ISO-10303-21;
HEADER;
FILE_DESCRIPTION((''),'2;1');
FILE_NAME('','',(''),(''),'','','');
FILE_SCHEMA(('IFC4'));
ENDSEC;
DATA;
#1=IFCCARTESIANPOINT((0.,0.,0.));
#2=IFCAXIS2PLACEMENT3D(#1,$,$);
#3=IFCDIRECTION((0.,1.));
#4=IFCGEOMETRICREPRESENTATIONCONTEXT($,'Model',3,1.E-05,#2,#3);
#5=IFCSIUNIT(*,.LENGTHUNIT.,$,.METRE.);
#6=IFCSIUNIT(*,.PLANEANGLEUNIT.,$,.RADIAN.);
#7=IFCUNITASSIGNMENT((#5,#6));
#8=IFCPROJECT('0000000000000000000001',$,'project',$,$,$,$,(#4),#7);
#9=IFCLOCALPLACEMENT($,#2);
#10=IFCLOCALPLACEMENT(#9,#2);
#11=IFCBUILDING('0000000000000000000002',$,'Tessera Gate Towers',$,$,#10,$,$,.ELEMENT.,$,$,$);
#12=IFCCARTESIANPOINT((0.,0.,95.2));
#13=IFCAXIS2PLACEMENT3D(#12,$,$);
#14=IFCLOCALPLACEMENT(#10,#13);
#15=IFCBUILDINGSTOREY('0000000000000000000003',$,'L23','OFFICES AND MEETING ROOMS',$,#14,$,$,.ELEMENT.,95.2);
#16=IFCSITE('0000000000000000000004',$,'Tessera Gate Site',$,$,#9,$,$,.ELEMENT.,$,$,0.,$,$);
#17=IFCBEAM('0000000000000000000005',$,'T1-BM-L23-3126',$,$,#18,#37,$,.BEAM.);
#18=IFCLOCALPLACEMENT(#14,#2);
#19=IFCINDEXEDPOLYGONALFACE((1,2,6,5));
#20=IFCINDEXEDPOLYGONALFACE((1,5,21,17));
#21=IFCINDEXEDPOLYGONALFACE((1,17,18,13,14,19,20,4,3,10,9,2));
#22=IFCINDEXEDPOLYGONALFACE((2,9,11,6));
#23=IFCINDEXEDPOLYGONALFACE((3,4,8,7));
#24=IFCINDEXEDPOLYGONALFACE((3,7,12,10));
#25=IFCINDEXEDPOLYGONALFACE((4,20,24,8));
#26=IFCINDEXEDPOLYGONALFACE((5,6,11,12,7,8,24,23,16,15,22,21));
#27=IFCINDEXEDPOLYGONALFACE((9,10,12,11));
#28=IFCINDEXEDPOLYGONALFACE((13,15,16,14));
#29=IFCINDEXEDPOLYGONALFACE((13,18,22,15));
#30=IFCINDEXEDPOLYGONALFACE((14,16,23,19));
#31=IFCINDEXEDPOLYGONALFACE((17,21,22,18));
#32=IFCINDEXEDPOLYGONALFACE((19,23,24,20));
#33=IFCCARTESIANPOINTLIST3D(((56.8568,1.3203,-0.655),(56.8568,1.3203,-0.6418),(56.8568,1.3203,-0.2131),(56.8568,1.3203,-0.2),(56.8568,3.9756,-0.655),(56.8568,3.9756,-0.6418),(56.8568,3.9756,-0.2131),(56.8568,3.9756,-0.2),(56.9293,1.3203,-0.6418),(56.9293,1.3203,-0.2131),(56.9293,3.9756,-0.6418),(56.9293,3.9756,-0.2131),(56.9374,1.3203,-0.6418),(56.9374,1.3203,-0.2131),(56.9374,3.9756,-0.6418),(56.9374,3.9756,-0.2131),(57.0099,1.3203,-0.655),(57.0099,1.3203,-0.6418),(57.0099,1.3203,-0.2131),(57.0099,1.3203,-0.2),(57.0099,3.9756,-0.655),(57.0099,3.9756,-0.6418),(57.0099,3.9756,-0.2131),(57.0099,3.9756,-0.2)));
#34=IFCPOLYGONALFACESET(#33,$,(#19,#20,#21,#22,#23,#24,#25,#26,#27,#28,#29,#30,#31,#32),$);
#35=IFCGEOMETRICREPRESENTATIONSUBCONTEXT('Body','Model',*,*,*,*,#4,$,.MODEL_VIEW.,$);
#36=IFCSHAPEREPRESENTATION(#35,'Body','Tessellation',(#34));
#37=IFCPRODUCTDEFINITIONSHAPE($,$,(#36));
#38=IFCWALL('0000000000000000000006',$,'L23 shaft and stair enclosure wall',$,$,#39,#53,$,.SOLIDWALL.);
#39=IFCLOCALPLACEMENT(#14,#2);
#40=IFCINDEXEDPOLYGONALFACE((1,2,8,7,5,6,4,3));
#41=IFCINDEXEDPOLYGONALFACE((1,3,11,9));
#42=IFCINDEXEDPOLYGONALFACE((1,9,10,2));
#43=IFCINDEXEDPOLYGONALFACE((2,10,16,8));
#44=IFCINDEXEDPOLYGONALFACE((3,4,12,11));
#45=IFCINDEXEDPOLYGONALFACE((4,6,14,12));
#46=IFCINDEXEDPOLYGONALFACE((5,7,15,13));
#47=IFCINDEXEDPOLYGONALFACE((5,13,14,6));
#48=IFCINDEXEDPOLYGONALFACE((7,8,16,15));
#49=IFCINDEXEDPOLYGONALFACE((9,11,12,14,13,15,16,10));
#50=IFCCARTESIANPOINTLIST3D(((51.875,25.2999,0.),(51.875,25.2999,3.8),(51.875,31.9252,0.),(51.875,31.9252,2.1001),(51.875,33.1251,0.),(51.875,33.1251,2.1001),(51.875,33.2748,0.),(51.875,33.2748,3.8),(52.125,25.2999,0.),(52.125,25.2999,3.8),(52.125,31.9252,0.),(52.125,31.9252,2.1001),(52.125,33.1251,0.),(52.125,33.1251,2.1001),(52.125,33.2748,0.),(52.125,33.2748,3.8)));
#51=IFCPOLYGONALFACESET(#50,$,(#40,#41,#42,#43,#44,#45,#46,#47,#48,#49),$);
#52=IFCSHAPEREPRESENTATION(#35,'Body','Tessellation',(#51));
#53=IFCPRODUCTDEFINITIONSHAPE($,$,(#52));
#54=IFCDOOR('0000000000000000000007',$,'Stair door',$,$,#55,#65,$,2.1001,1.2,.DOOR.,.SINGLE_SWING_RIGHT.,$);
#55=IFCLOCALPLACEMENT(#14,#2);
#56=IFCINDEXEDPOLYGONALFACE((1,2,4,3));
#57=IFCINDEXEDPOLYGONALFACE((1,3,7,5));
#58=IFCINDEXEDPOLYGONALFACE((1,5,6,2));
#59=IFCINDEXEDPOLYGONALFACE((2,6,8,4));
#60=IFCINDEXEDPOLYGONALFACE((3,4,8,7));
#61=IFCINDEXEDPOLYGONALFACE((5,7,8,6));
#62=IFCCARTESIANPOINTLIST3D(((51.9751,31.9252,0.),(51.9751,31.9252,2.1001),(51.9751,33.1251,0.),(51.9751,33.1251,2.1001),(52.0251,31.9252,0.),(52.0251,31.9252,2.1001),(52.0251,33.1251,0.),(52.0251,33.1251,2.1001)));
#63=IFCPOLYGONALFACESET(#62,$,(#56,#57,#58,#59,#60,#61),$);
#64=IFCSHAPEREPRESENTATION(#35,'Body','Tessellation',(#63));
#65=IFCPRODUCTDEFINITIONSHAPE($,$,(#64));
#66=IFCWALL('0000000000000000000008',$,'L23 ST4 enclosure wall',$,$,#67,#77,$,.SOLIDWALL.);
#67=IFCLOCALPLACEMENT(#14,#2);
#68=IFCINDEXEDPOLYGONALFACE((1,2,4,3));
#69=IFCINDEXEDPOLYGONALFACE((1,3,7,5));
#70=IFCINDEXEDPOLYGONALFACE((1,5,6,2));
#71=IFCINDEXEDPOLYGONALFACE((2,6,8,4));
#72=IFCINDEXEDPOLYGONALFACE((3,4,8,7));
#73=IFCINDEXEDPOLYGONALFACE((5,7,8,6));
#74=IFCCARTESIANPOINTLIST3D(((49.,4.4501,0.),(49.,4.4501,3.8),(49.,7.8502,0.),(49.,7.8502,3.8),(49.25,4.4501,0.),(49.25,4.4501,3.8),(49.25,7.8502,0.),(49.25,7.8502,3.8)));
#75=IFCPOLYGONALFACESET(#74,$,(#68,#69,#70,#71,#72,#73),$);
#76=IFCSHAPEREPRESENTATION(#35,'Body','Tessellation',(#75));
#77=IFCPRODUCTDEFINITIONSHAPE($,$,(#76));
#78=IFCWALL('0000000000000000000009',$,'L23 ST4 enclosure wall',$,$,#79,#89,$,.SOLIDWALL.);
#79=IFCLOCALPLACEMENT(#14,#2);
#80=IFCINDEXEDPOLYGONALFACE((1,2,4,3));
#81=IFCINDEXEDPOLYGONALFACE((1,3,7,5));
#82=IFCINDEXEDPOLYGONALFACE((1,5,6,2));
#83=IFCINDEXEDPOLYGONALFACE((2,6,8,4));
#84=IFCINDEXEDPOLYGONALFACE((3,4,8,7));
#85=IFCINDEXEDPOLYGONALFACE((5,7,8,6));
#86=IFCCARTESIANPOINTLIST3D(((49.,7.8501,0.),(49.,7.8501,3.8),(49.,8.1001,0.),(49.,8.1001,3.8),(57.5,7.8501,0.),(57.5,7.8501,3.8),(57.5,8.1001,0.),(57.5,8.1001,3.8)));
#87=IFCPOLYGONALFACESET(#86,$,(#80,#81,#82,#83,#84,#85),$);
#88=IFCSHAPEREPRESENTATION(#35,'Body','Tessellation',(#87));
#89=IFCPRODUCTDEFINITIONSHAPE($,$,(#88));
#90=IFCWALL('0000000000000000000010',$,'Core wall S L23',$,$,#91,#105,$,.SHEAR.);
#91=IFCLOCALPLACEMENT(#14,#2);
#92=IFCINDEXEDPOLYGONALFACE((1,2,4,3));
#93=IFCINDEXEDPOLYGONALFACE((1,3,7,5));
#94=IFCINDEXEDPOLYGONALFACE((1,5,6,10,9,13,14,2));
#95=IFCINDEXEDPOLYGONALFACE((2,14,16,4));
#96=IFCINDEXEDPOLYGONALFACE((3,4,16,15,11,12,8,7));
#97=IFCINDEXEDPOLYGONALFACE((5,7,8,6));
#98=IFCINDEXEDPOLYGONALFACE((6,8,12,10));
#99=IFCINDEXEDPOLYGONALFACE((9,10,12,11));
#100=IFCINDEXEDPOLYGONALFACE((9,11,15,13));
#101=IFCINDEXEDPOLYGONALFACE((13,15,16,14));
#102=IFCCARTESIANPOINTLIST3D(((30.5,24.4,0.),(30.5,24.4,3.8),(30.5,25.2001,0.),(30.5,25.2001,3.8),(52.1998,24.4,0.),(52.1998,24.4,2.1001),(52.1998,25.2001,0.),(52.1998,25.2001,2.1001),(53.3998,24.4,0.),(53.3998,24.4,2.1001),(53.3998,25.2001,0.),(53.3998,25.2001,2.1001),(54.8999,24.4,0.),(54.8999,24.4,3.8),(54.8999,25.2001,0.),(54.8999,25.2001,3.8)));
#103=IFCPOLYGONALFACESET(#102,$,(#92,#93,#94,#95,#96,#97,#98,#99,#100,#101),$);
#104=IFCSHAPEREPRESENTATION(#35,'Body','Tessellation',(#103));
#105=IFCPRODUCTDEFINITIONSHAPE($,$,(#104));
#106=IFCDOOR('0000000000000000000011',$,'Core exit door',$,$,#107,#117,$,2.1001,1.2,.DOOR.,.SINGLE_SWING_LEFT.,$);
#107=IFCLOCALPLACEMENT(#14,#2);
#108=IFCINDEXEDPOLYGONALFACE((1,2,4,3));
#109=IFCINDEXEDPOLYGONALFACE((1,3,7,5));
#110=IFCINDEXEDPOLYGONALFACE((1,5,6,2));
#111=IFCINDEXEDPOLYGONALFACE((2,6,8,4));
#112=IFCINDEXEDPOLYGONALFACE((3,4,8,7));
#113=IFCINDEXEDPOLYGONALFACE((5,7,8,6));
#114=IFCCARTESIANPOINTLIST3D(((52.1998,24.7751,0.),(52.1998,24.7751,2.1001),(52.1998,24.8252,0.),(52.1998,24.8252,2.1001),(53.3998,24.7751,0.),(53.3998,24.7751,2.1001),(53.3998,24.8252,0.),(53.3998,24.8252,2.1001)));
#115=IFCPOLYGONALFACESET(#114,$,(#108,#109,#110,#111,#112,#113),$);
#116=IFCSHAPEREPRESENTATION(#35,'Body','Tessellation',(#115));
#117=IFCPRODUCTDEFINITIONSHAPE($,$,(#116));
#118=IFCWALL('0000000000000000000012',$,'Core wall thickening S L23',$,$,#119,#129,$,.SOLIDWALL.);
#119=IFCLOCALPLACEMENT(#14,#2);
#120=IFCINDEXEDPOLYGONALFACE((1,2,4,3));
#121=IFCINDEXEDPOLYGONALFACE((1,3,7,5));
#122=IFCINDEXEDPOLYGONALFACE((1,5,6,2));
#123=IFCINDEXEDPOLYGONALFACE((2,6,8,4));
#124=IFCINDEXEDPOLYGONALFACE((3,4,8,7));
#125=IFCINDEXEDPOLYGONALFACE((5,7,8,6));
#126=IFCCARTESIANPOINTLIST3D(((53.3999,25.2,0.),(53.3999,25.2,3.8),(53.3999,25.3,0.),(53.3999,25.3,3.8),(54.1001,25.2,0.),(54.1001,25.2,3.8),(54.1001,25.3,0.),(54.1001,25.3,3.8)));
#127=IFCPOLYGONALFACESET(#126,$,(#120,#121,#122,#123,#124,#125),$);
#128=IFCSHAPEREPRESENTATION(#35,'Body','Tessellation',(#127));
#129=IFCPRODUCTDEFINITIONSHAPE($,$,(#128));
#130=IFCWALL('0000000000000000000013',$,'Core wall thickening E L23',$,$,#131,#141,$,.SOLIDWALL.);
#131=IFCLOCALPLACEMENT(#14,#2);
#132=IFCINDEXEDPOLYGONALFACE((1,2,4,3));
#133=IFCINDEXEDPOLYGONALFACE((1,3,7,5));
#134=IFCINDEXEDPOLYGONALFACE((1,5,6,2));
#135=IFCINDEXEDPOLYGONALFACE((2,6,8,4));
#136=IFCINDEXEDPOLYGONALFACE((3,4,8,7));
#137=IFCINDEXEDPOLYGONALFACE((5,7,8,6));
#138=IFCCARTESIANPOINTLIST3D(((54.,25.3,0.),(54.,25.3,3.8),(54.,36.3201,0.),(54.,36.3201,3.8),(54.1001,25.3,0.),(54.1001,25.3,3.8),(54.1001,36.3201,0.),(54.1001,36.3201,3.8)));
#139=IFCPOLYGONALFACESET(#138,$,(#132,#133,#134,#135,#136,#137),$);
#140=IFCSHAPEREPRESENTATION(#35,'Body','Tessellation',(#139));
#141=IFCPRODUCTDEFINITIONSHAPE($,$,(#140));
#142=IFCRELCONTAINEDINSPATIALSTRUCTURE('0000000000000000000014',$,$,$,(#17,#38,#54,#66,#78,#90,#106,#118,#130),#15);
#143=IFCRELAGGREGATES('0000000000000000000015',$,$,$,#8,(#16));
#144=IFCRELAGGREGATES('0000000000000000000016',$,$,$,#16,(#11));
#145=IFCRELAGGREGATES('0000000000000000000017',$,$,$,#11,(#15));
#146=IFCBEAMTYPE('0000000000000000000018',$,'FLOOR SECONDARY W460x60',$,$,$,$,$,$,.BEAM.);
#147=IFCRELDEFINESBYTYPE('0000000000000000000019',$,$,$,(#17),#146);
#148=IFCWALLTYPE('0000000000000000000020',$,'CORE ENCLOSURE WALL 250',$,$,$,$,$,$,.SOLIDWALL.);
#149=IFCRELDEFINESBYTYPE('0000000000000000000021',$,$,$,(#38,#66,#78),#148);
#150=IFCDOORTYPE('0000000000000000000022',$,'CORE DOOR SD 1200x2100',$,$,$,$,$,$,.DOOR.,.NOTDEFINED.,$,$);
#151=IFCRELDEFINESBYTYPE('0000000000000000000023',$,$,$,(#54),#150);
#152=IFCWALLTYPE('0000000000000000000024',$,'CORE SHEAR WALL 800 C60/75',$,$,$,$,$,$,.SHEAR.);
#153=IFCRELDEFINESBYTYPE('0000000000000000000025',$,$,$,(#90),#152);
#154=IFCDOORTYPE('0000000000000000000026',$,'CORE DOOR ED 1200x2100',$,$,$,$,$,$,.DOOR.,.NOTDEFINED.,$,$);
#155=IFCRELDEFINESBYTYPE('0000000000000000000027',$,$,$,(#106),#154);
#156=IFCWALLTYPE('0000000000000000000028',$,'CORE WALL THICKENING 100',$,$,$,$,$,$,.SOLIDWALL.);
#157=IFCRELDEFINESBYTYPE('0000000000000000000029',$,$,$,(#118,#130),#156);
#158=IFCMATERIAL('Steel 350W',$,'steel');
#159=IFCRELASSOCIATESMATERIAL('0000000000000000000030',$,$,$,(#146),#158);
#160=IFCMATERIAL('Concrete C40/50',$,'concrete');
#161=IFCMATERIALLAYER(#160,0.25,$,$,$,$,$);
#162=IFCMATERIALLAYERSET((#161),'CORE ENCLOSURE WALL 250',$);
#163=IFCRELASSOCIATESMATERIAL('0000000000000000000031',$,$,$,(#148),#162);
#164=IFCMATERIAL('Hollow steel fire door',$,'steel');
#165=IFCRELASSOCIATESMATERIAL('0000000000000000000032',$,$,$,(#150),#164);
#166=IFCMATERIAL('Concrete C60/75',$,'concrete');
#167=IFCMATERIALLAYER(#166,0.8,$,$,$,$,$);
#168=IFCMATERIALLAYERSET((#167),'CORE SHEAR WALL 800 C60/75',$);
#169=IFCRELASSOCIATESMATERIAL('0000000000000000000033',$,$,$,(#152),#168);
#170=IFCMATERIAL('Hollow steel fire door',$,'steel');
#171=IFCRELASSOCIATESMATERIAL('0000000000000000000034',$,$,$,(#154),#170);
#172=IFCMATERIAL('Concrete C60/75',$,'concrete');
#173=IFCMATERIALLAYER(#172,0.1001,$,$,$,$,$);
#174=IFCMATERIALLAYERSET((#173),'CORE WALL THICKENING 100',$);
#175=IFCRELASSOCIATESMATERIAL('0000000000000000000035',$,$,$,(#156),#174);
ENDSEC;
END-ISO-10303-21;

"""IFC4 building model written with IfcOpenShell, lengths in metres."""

from ifc_helpers import new_model, si_unit, direction, frame, frame_2d, origin, origin_2d, place, context, subcontext, project, spatial, rectangle, i_section, extrude, source, transform, mapped, material, layer, layer_set, material_profile, profile_set, type_object, element, fill, save


model = new_model("IFC4")

# Units and contexts
model_context = context("Model", 3, precision=1e-05, world=origin(), true_north=direction((0.0, 1.0)))
body_context = subcontext(model_context, "Body", "Model", "MODEL_VIEW")
ifc_project = project(units=[si_unit("LENGTHUNIT", "METRE"), si_unit("PLANEANGLEUNIT", "RADIAN")], contexts=[model_context])

# Site, building, storey
site_placement = place(None, origin())
site = spatial("IfcSite", under=ifc_project, at=site_placement, Name="Tessera Gate Site", CompositionType="ELEMENT", RefElevation=0.0)
building_placement = place(site_placement, origin())
building = spatial("IfcBuilding", under=site, at=building_placement, Name="Tessera Gate Towers", CompositionType="ELEMENT")
storey_placement = place(building_placement, frame((0.0, 0.0, 95.2)))
storey = spatial("IfcBuildingStorey", under=building, at=storey_placement, Name="L23", Description="OFFICES AND MEETING ROOMS", CompositionType="ELEMENT", Elevation=95.2)

# Beam
ifc_material_1 = material(Name="Steel 350W", Category="steel")
ifc_material_profile_1 = material_profile(ifc_material_1, i_section(OverallWidth=0.1531, OverallDepth=0.4551, WebThickness=0.0081, FlangeThickness=0.0132, at=origin_2d()), Name="W460x60")
ifc_profile_set_1 = profile_set([ifc_material_profile_1], Name="Steel 350W")
beam_type_1 = type_object("IfcBeamType", Name="FLOOR SECONDARY W460x60", PredefinedType="BEAM", material=ifc_profile_set_1)
beam_1_placement = place(storey_placement, frame((56.9333, 1.3203, -0.4275), z_axis=(0.0, 1.0, 0.0), x_axis=(-1.0, 0.0, 0.0)))
element("IfcBeam", 1, at=beam_1_placement, inside=storey, type_object=beam_type_1, Name="T1-BM-L23-3126", PredefinedType="BEAM", context=body_context, shape_type="SweptSolid", body=[
    extrude(i_section(OverallWidth=0.1531, OverallDepth=0.4551, WebThickness=0.0081, FlangeThickness=0.0132, at=origin_2d()), origin(), (0.0, 0.0, 1.0), 2.6553),
])

# Wall, opening, door
ifc_material_2 = material(Name="Concrete C40/50", Category="concrete")
ifc_layer_1 = layer(ifc_material_2, 0.25)
ifc_layer_set_1 = layer_set([ifc_layer_1], Name="CORE ENCLOSURE WALL 250")
wall_type_1 = type_object("IfcWallType", Name="CORE ENCLOSURE WALL 250", PredefinedType="SOLIDWALL", material=ifc_layer_set_1)
wall_1_placement = place(storey_placement, frame((52.0, 25.3, 0.0), z_axis=(0.0, 0.0, 1.0), x_axis=(0.0, 1.0, 0.0)))
wall_1 = element("IfcWall", 2, at=wall_1_placement, inside=storey, type_object=wall_type_1, Name="L23 shaft and stair enclosure wall", PredefinedType="SOLIDWALL", context=body_context, shape_type="SweptSolid", body=[
    extrude(rectangle(XDim=7.9749, YDim=0.25, at=frame_2d((3.9873, 0.0))), origin(), (0.0, 0.0, 1.0), 3.8),
])
shared_shape_1 = source(origin(), body_context, "Body", "SweptSolid", [
    extrude(rectangle(XDim=1.2, YDim=2.1001, at=frame_2d((0.6001, 1.05))), frame((0.0, 0.135, 0.0), z_axis=(0.0, -1.0, 0.0), x_axis=(1.0, 0.0, 0.0)), (0.0, 0.0, 1.0), 0.27),
])
opening_1_placement = place(wall_1_placement, frame((6.625, 0.0, 0.0)))
opening_1 = element("IfcOpeningElement", 3, at=opening_1_placement, cuts=wall_1, PredefinedType="OPENING", context=body_context, shape_type="MappedRepresentation", body=[
    mapped(shared_shape_1, transform((0.0, 0.0, 0.0), scale=1.0)),
])
ifc_material_3 = material(Name="Hollow steel fire door", Category="steel")
door_type_1 = type_object("IfcDoorType", Name="CORE DOOR SD 1200x2100", OperationType="NOTDEFINED", PredefinedType="DOOR", material=ifc_material_3)
shared_shape_2 = source(origin(), body_context, "Body", "SweptSolid", [
    extrude(rectangle(XDim=1.2, YDim=2.1001, at=frame_2d((0.6001, 1.05))), frame((0.0, 0.0249, 0.0), z_axis=(0.0, -1.0, 0.0), x_axis=(1.0, 0.0, 0.0)), (0.0, 0.0, 1.0), 0.05),
])
door_1_placement = place(opening_1_placement, origin())
door_1 = element("IfcDoor", 4, at=door_1_placement, inside=storey, type_object=door_type_1, Name="Stair door", OperationType="SINGLE_SWING_RIGHT", OverallHeight=2.1001, OverallWidth=1.2, PredefinedType="DOOR", context=body_context, shape_type="MappedRepresentation", body=[
    mapped(shared_shape_2, transform((0.0, 0.0, 0.0), scale=1.0)),
])
fill(opening_1, door_1)

# Walls
wall_2_placement = place(storey_placement, frame((49.125, 4.45, 0.0), z_axis=(0.0, 0.0, 1.0), x_axis=(0.0, 1.0, 0.0)))
element("IfcWall", 5, at=wall_2_placement, inside=storey, type_object=wall_type_1, Name="L23 ST4 enclosure wall", PredefinedType="SOLIDWALL", context=body_context, shape_type="SweptSolid", body=[
    extrude(rectangle(XDim=3.4001, YDim=0.25, at=frame_2d((1.7002, 0.0))), origin(), (0.0, 0.0, 1.0), 3.8),
])
wall_3_placement = place(storey_placement, frame((49.0, 7.9751, 0.0), z_axis=(0.0, 0.0, 1.0), x_axis=(1.0, 0.0, 0.0)))
element("IfcWall", 6, at=wall_3_placement, inside=storey, type_object=wall_type_1, Name="L23 ST4 enclosure wall", PredefinedType="SOLIDWALL", context=body_context, shape_type="SweptSolid", body=[
    extrude(rectangle(XDim=8.5, YDim=0.25, at=frame_2d((4.25, 0.0))), origin(), (0.0, 0.0, 1.0), 3.8),
])

# Wall, opening, door
ifc_material_4 = material(Name="Concrete C60/75", Category="concrete")
ifc_layer_2 = layer(ifc_material_4, 0.8)
ifc_layer_set_2 = layer_set([ifc_layer_2], Name="CORE SHEAR WALL 800 C60/75")
wall_type_2 = type_object("IfcWallType", Name="CORE SHEAR WALL 800 C60/75", PredefinedType="SHEAR", material=ifc_layer_set_2)
wall_4_placement = place(storey_placement, frame((54.8999, 24.8, 0.0), z_axis=(0.0, 0.0, 1.0), x_axis=(-1.0, 0.0, 0.0)))
wall_4 = element("IfcWall", 7, at=wall_4_placement, inside=storey, type_object=wall_type_2, Name="Core wall S L23", PredefinedType="SHEAR", context=body_context, shape_type="SweptSolid", body=[
    extrude(rectangle(XDim=24.3999, YDim=0.8, at=frame_2d((12.2, 0.0))), origin(), (0.0, 0.0, 1.0), 3.8),
])
shared_shape_3 = source(origin(), body_context, "Body", "SweptSolid", [
    extrude(rectangle(XDim=1.2, YDim=2.1001, at=frame_2d((0.6001, 1.05))), frame((0.0, 0.4099, 0.0), z_axis=(0.0, -1.0, 0.0), x_axis=(1.0, 0.0, 0.0)), (0.0, 0.0, 1.0), 0.8201),
])
opening_2_placement = place(wall_4_placement, frame((1.5, 0.0, 0.0)))
opening_2 = element("IfcOpeningElement", 8, at=opening_2_placement, cuts=wall_4, PredefinedType="OPENING", context=body_context, shape_type="MappedRepresentation", body=[
    mapped(shared_shape_3, transform((0.0, 0.0, 0.0), scale=1.0)),
])
ifc_material_5 = material(Name="Hollow steel fire door", Category="steel")
door_type_2 = type_object("IfcDoorType", Name="CORE DOOR ED 1200x2100", OperationType="NOTDEFINED", PredefinedType="DOOR", material=ifc_material_5)
door_2_placement = place(opening_2_placement, origin())
door_2 = element("IfcDoor", 9, at=door_2_placement, inside=storey, type_object=door_type_2, Name="Core exit door", OperationType="SINGLE_SWING_LEFT", OverallHeight=2.1001, OverallWidth=1.2, PredefinedType="DOOR", context=body_context, shape_type="MappedRepresentation", body=[
    mapped(shared_shape_2, transform((0.0, 0.0, 0.0), scale=1.0)),
])
fill(opening_2, door_2)

# Walls
ifc_material_6 = material(Name="Concrete C60/75", Category="concrete")
ifc_layer_3 = layer(ifc_material_6, 0.1001)
ifc_layer_set_3 = layer_set([ifc_layer_3], Name="CORE WALL THICKENING 100")
wall_type_3 = type_object("IfcWallType", Name="CORE WALL THICKENING 100", PredefinedType="SOLIDWALL", material=ifc_layer_set_3)
wall_5_placement = place(storey_placement, frame((53.3999, 25.25, 0.0), z_axis=(0.0, 0.0, 1.0), x_axis=(1.0, 0.0, 0.0)))
element("IfcWall", 10, at=wall_5_placement, inside=storey, type_object=wall_type_3, Name="Core wall thickening S L23", PredefinedType="SOLIDWALL", context=body_context, shape_type="SweptSolid", body=[
    extrude(rectangle(XDim=0.7002, YDim=0.1001, at=frame_2d((0.3501, 0.0))), origin(), (0.0, 0.0, 1.0), 3.8),
])
wall_6_placement = place(storey_placement, frame((54.05, 25.3, 0.0), z_axis=(0.0, 0.0, 1.0), x_axis=(0.0, 1.0, 0.0)))
element("IfcWall", 11, at=wall_6_placement, inside=storey, type_object=wall_type_3, Name="Core wall thickening E L23", PredefinedType="SOLIDWALL", context=body_context, shape_type="SweptSolid", body=[
    extrude(rectangle(XDim=11.02, YDim=0.1001, at=frame_2d((5.51, 0.0))), origin(), (0.0, 0.0, 1.0), 3.8),
])

save(model, "model.ifc")
